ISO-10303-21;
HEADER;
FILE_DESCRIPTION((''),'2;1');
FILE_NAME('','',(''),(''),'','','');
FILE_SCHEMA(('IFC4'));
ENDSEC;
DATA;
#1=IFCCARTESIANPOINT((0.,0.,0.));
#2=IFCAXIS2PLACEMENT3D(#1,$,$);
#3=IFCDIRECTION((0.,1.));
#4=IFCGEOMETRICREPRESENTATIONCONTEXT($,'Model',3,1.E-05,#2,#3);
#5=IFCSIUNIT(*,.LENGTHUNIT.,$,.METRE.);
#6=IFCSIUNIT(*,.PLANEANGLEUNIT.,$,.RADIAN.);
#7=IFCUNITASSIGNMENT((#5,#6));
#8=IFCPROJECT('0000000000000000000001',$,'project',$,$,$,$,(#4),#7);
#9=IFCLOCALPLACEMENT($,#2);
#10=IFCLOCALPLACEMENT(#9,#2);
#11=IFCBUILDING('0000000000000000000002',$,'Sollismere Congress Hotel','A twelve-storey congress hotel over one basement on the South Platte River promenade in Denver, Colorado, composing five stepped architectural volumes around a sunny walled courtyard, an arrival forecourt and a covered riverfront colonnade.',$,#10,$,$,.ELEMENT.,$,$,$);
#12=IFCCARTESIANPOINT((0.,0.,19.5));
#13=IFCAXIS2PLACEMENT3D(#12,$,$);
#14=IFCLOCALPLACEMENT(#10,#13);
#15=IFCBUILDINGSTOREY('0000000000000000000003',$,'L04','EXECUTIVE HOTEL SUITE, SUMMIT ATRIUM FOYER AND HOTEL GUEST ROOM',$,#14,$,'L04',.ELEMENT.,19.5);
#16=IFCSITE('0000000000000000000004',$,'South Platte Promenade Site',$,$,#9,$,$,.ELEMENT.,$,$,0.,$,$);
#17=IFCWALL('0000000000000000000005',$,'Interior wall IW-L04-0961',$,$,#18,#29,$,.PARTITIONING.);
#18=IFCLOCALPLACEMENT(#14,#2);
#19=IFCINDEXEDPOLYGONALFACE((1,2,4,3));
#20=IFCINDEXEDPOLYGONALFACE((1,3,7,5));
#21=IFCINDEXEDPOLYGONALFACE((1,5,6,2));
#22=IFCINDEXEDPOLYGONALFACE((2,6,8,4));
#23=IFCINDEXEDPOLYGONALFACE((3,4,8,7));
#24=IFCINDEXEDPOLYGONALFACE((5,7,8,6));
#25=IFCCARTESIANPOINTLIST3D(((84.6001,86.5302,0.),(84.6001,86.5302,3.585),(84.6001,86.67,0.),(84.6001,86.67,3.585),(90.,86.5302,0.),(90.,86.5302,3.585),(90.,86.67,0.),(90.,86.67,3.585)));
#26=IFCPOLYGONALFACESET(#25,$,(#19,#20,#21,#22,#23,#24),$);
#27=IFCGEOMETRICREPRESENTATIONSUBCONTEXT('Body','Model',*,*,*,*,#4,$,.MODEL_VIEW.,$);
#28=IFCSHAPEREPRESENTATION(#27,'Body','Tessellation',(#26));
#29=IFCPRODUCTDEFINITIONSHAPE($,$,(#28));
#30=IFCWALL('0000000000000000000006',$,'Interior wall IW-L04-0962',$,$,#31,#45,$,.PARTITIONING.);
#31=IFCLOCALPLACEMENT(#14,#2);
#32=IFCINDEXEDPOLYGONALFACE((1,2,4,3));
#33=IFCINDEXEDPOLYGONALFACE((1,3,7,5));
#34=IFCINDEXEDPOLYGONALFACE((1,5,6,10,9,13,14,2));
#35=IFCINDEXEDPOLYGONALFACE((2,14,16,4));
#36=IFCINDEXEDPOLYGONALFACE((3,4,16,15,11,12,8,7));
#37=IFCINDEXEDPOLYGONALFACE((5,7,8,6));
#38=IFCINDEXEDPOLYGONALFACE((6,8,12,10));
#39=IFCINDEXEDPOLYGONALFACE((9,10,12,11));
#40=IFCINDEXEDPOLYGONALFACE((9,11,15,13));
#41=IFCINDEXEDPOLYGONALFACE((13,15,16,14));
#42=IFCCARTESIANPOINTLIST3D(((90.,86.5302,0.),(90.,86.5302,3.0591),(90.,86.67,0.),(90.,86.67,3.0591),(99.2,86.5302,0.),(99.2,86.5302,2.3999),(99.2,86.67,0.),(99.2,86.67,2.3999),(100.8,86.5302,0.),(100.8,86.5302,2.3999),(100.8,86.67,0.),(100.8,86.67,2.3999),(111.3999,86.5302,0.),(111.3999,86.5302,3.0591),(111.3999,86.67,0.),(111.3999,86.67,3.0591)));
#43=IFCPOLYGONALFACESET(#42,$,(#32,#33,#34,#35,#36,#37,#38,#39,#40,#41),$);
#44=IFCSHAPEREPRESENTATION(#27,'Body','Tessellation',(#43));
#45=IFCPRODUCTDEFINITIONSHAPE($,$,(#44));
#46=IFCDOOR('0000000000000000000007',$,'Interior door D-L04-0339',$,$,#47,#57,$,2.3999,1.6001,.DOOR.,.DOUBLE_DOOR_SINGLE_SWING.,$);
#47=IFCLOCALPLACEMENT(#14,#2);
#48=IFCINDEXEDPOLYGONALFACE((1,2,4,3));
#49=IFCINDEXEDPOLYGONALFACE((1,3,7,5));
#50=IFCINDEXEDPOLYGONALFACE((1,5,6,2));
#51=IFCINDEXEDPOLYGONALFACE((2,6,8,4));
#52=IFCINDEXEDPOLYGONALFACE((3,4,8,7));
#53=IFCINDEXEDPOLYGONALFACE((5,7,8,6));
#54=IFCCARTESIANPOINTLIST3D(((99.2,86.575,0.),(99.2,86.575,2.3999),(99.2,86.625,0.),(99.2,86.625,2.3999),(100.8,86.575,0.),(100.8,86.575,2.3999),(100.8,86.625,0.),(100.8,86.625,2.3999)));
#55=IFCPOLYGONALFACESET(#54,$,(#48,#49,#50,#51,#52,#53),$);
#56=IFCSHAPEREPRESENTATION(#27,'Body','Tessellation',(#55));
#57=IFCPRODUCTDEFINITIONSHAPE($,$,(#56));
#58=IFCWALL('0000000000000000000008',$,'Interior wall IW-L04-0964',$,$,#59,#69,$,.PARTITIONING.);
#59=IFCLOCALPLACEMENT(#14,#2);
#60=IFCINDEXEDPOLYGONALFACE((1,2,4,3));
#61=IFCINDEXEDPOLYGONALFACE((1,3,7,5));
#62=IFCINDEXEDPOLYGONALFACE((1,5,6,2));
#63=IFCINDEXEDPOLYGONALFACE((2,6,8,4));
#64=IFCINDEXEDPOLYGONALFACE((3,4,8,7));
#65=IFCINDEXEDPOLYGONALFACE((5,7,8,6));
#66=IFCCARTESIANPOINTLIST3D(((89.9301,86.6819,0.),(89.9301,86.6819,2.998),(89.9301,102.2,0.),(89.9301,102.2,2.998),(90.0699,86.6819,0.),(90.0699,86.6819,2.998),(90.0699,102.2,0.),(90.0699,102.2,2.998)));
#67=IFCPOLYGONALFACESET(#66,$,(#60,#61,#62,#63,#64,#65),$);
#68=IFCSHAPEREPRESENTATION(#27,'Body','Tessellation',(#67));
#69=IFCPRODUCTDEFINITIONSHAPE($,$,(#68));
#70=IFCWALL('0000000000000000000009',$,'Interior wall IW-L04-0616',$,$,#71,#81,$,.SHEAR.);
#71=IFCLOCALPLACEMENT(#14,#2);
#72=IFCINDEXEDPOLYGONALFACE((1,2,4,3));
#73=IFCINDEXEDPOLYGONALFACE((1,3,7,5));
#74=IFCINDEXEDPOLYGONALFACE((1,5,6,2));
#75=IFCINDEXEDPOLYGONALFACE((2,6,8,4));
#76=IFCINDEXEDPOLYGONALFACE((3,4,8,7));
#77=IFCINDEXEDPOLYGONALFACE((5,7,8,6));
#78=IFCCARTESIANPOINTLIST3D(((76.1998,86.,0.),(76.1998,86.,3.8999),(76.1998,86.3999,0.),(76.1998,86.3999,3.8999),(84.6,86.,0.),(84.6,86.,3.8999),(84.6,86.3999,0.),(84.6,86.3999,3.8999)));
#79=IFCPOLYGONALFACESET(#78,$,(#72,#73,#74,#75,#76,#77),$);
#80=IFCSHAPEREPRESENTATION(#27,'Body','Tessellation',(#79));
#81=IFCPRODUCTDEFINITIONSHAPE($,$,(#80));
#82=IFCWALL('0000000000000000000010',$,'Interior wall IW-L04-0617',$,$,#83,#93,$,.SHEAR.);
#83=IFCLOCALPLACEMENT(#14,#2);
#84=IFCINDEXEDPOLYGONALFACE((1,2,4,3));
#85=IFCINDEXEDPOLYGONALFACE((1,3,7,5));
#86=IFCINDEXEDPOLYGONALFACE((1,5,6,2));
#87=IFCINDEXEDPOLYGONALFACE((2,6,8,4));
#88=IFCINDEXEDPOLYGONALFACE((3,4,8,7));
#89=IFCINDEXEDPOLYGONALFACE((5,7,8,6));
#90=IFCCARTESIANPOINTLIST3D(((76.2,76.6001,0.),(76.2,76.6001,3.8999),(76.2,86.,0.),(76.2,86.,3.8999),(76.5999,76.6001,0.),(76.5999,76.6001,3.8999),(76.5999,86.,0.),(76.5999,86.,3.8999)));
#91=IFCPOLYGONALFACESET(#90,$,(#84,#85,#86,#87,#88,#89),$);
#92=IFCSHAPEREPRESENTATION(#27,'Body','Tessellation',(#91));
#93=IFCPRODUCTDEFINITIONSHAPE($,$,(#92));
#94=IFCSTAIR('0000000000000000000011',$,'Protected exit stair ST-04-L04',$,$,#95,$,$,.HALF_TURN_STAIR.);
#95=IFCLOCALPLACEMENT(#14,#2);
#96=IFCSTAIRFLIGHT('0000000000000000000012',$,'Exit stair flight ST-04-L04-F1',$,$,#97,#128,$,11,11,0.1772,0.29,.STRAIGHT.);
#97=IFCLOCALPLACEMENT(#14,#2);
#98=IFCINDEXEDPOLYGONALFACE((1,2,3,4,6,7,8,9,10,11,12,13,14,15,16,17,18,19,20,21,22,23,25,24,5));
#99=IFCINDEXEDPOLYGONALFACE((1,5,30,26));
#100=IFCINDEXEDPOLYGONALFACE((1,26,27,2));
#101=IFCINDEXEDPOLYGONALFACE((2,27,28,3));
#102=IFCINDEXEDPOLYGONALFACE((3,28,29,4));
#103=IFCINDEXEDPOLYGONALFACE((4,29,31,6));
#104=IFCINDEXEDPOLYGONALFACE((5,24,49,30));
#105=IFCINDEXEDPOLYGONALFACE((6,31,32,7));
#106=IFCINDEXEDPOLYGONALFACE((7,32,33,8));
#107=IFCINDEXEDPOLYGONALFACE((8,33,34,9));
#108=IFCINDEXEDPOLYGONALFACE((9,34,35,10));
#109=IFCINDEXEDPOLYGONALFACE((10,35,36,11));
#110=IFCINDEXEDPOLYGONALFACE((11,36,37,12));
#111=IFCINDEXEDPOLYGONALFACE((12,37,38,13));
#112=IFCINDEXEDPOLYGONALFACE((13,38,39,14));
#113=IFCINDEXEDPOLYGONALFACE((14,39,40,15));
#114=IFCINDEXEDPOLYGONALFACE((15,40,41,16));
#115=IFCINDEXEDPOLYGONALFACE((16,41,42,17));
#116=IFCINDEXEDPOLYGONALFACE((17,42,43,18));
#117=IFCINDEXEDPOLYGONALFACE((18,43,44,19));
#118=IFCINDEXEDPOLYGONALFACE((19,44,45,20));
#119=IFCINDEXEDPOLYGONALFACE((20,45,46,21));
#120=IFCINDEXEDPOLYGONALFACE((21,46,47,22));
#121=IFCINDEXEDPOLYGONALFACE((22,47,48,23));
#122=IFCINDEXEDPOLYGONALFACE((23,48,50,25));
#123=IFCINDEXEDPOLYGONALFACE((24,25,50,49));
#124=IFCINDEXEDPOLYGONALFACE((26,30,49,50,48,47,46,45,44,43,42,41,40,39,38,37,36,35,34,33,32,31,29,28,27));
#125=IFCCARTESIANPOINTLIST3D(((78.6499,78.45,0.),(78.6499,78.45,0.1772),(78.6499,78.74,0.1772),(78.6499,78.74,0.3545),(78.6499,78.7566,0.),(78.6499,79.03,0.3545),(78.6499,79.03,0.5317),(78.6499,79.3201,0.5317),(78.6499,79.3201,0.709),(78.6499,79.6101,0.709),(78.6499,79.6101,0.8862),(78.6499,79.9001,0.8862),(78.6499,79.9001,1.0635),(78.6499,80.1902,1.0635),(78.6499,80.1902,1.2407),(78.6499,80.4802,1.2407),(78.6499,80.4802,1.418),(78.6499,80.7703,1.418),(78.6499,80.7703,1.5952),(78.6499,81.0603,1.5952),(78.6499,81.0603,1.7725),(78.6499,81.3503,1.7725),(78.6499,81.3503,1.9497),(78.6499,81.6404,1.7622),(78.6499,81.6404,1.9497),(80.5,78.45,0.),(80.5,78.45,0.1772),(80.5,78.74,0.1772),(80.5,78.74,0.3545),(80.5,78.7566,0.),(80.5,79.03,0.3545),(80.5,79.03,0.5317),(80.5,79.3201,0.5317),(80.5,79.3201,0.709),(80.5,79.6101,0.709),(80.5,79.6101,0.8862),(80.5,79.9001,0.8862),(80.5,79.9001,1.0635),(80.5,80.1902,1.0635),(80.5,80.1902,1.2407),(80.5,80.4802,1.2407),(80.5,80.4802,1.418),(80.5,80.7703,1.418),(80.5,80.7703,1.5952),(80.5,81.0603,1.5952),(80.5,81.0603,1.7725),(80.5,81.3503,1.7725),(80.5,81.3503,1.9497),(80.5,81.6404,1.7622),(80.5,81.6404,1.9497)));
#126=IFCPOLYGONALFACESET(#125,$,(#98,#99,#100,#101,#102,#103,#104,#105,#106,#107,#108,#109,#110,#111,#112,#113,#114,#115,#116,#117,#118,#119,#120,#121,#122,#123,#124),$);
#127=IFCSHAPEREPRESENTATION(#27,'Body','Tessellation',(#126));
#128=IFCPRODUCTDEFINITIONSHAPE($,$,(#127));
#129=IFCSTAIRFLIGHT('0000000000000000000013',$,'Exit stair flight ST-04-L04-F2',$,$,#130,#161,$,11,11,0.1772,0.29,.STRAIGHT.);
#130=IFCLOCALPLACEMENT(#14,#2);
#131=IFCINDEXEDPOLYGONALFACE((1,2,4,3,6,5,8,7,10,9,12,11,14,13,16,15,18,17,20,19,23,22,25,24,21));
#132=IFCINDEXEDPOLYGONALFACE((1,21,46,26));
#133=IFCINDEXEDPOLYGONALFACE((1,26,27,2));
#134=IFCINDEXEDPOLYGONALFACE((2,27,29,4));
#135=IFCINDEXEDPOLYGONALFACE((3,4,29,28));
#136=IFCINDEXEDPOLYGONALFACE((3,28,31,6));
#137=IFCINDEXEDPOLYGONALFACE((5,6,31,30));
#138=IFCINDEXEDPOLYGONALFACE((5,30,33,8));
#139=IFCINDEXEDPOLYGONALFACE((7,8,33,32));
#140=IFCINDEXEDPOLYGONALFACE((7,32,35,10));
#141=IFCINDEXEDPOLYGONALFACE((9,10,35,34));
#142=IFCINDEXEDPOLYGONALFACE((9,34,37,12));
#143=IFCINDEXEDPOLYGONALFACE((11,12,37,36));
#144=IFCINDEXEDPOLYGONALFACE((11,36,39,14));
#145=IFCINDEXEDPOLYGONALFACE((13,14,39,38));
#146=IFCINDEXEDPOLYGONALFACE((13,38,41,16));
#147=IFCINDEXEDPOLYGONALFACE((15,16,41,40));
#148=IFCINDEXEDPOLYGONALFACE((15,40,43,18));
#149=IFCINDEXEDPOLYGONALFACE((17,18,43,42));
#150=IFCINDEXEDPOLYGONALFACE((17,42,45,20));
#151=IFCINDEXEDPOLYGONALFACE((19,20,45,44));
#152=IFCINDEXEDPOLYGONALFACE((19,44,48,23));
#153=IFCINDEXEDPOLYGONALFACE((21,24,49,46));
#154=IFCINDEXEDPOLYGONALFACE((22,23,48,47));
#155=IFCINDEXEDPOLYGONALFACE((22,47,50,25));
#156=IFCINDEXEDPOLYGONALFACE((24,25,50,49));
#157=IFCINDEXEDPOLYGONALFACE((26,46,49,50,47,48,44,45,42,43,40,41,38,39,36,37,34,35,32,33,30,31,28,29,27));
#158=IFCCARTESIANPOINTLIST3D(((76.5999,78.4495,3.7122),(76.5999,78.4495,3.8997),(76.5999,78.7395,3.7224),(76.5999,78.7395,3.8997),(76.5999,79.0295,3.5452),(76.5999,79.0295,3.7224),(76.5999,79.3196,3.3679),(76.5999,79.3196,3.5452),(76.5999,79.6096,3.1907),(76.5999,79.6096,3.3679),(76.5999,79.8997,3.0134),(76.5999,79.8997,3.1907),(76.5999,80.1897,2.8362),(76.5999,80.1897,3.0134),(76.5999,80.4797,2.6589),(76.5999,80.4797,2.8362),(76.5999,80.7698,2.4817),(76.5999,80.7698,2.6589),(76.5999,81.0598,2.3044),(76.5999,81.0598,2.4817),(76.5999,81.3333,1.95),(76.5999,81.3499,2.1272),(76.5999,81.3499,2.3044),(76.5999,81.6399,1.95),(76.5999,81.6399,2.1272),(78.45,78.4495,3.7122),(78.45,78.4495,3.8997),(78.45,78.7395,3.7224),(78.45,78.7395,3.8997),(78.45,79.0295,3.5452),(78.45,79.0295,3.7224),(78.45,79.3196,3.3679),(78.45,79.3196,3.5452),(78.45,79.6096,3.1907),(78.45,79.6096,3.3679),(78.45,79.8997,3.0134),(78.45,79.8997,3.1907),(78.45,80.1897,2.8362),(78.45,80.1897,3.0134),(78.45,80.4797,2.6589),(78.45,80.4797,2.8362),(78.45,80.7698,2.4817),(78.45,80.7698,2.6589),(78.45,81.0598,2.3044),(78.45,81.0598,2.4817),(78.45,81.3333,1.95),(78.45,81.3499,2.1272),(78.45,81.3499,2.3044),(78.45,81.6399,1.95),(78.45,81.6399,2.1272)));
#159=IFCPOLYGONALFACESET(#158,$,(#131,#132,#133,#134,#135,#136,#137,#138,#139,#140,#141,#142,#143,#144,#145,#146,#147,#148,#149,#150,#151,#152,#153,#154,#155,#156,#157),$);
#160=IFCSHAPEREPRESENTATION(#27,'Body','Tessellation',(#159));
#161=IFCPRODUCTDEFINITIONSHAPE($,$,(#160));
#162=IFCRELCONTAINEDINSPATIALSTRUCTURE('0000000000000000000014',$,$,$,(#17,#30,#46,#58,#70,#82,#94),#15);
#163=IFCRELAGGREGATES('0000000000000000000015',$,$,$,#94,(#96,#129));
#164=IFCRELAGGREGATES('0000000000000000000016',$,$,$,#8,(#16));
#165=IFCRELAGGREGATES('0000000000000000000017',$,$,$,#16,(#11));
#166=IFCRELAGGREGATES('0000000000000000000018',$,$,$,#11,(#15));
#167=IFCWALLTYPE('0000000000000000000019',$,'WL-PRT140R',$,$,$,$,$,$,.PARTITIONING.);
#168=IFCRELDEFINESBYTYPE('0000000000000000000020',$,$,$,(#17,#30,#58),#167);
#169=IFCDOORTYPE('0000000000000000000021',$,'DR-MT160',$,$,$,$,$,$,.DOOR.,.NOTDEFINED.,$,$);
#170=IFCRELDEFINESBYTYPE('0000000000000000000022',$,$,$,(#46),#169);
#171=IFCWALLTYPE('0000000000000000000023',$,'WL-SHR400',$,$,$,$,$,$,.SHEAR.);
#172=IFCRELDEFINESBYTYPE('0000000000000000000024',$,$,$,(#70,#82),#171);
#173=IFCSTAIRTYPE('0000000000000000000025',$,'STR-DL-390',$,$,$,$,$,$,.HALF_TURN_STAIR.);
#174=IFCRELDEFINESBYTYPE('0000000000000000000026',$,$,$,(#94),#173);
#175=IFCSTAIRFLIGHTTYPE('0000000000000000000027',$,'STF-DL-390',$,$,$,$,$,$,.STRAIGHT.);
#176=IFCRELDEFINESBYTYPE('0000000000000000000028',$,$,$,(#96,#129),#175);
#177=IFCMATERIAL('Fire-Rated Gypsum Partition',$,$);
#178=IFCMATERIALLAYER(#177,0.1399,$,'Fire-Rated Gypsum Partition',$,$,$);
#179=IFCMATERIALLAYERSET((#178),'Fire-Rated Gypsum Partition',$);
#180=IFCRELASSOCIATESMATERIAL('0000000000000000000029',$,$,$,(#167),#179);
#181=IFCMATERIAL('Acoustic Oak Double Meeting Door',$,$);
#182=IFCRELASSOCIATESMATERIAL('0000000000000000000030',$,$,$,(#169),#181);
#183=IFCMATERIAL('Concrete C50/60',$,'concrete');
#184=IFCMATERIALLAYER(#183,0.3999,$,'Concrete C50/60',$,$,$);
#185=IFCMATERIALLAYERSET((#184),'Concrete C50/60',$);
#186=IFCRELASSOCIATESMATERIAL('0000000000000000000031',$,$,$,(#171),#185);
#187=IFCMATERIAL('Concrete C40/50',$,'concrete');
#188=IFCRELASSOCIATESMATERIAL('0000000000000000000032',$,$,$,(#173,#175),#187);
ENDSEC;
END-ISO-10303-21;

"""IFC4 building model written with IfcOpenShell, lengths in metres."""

from ifc_helpers import new_model, si_unit, direction, frame, frame_2d, origin, place, context, subcontext, project, spatial, polyline, rectangle, outline, extrude, material, layer, layer_set, type_object, element, fill, aggregate, save


model = new_model("IFC4")

# Units and contexts
model_context = context("Model", 3, precision=1e-05, world=origin(), true_north=direction((0.0, 1.0)))
body_context = subcontext(model_context, "Body", "Model", "MODEL_VIEW")
ifc_project = project(units=[si_unit("LENGTHUNIT", "METRE"), si_unit("PLANEANGLEUNIT", "RADIAN")], contexts=[model_context])

# Site, building, storey
site_placement = place(None, origin())
site = spatial("IfcSite", under=ifc_project, at=site_placement, Name="South Platte Promenade Site", CompositionType="ELEMENT", RefElevation=0.0)
building_placement = place(site_placement, origin())
building = spatial("IfcBuilding", under=site, at=building_placement, Name="Sollismere Congress Hotel", Description="A twelve-storey congress hotel over one basement on the South Platte River promenade in Denver, Colorado, composing five stepped architectural volumes around a sunny walled courtyard, an arrival forecourt and a covered riverfront colonnade.", CompositionType="ELEMENT")
storey_placement = place(building_placement, frame((0.0, 0.0, 19.5)))
storey = spatial("IfcBuildingStorey", under=building, at=storey_placement, Name="L04", Description="EXECUTIVE HOTEL SUITE, SUMMIT ATRIUM FOYER AND HOTEL GUEST ROOM", LongName="L04", CompositionType="ELEMENT", Elevation=19.5)

# Wall
ifc_material_1 = material(Name="Fire-Rated Gypsum Partition")
ifc_layer_1 = layer(ifc_material_1, 0.1399, Name="Fire-Rated Gypsum Partition")
ifc_layer_set_1 = layer_set([ifc_layer_1], Name="Fire-Rated Gypsum Partition")
wall_type_1 = type_object("IfcWallType", Name="WL-PRT140R", PredefinedType="PARTITIONING", material=ifc_layer_set_1)
wall_1_placement = place(storey_placement, frame((84.6001, 86.6001, 0.0), z_axis=(0.0, 0.0, 1.0), x_axis=(1.0, 0.0, 0.0)))
element("IfcWall", 1, at=wall_1_placement, inside=storey, type_object=wall_type_1, Name="Interior wall IW-L04-0961", PredefinedType="PARTITIONING", context=body_context, shape_type="SweptSolid", body=[
    extrude(rectangle(XDim=5.3999, YDim=0.1399, at=frame_2d((2.7, 0.0))), origin(), (0.0, 0.0, 1.0), 3.585),
])

# Wall, opening, door
wall_2_placement = place(storey_placement, frame((90.0, 86.6001, 0.0), z_axis=(0.0, 0.0, 1.0), x_axis=(1.0, 0.0, 0.0)))
wall_2 = element("IfcWall", 2, at=wall_2_placement, inside=storey, type_object=wall_type_1, Name="Interior wall IW-L04-0962", PredefinedType="PARTITIONING", context=body_context, shape_type="SweptSolid", body=[
    extrude(rectangle(XDim=21.3999, YDim=0.1399, at=frame_2d((10.7, 0.0))), origin(), (0.0, 0.0, 1.0), 3.0591),
])
opening_placement = place(wall_2_placement, frame((9.2, 0.0, 0.0)))
opening = element("IfcOpeningElement", 3, at=opening_placement, cuts=wall_2, PredefinedType="OPENING", context=body_context, shape_type="SweptSolid", body=[
    extrude(rectangle(XDim=1.6001, YDim=2.3999, at=frame_2d((0.8, 1.2))), frame((0.0, 0.0798, 0.0), z_axis=(0.0, -1.0, 0.0), x_axis=(1.0, 0.0, 0.0)), (0.0, 0.0, 1.0), 0.1599),
])
ifc_material_2 = material(Name="Acoustic Oak Double Meeting Door")
door_type = type_object("IfcDoorType", Name="DR-MT160", OperationType="NOTDEFINED", PredefinedType="DOOR", material=ifc_material_2)
door_placement = place(opening_placement, origin())
door = element("IfcDoor", 4, at=door_placement, inside=storey, type_object=door_type, Name="Interior door D-L04-0339", OperationType="DOUBLE_DOOR_SINGLE_SWING", OverallHeight=2.3999, OverallWidth=1.6001, PredefinedType="DOOR", context=body_context, shape_type="SweptSolid", body=[
    extrude(rectangle(XDim=1.6001, YDim=2.3999, at=frame_2d((0.8, 1.2))), frame((0.0, 0.0249, 0.0), z_axis=(0.0, -1.0, 0.0), x_axis=(1.0, 0.0, 0.0)), (0.0, 0.0, 1.0), 0.05),
])
fill(opening, door)

# Walls
wall_3_placement = place(storey_placement, frame((90.0, 86.6819, 0.0), z_axis=(0.0, 0.0, 1.0), x_axis=(0.0, 1.0, 0.0)))
element("IfcWall", 5, at=wall_3_placement, inside=storey, type_object=wall_type_1, Name="Interior wall IW-L04-0964", PredefinedType="PARTITIONING", context=body_context, shape_type="SweptSolid", body=[
    extrude(rectangle(XDim=15.5181, YDim=0.1399, at=frame_2d((7.759, 0.0))), origin(), (0.0, 0.0, 1.0), 2.998),
])
ifc_material_3 = material(Name="Concrete C50/60", Category="concrete")
ifc_layer_2 = layer(ifc_material_3, 0.3999, Name="Concrete C50/60")
ifc_layer_set_2 = layer_set([ifc_layer_2], Name="Concrete C50/60")
wall_type_2 = type_object("IfcWallType", Name="WL-SHR400", PredefinedType="SHEAR", material=ifc_layer_set_2)
wall_4_placement = place(storey_placement, frame((84.6001, 86.2, 0.0), z_axis=(0.0, 0.0, 1.0), x_axis=(-1.0, 0.0, 0.0)))
element("IfcWall", 6, at=wall_4_placement, inside=storey, type_object=wall_type_2, Name="Interior wall IW-L04-0616", PredefinedType="SHEAR", context=body_context, shape_type="SweptSolid", body=[
    extrude(rectangle(XDim=8.4001, YDim=0.3999, at=frame_2d((4.2002, 0.0))), origin(), (0.0, 0.0, 1.0), 3.8999),
])
wall_5_placement = place(storey_placement, frame((76.3999, 86.0, 0.0), z_axis=(0.0, 0.0, 1.0), x_axis=(0.0, -1.0, 0.0)))
element("IfcWall", 7, at=wall_5_placement, inside=storey, type_object=wall_type_2, Name="Interior wall IW-L04-0617", PredefinedType="SHEAR", context=body_context, shape_type="SweptSolid", body=[
    extrude(rectangle(XDim=9.3999, YDim=0.3999, at=frame_2d((4.7, 0.0))), origin(), (0.0, 0.0, 1.0), 3.8999),
])

# Stair, stair flights
ifc_material_4 = material(Name="Concrete C40/50", Category="concrete")
stair_type = type_object("IfcStairType", Name="STR-DL-390", PredefinedType="HALF_TURN_STAIR", material=ifc_material_4)
stair_placement = place(storey_placement, origin())
stair = element("IfcStair", 8, at=stair_placement, inside=storey, type_object=stair_type, Name="Protected exit stair ST-04-L04", PredefinedType="HALF_TURN_STAIR")
stair_flight_type = type_object("IfcStairFlightType", Name="STF-DL-390", PredefinedType="STRAIGHT", material=ifc_material_4)
stair_flight_1_placement = place(storey_placement, frame((79.575, 78.45, 0.0), z_axis=(0.0, 0.0, 1.0), x_axis=(0.0, 1.0, 0.0)))
stair_flight_1 = element("IfcStairFlight", 9, at=stair_flight_1_placement, type_object=stair_flight_type, Name="Exit stair flight ST-04-L04-F1", NumberOfRisers=11, NumberOfTreads=11, PredefinedType="STRAIGHT", RiserHeight=0.1772, TreadLength=0.29, context=body_context, shape_type="SweptSolid", body=[
    extrude(outline(polyline([(0.0, 0.0), (0.0, 0.1772), (0.29, 0.1772), (0.29, 0.3545), (0.5801, 0.3545), (0.5801, 0.5317), (0.8701, 0.5317), (0.8701, 0.709), (1.1602, 0.709), (1.1602, 0.8862), (1.4502, 0.8862), (1.4502, 1.0635), (1.7402, 1.0635), (1.7402, 1.2407), (2.0303, 1.2407), (2.0303, 1.418), (2.3203, 1.418), (2.3203, 1.5952), (2.6104, 1.5952), (2.6104, 1.7725), (2.9004, 1.7725), (2.9004, 1.9497), (3.1904, 1.9497), (3.1904, 1.7622), (0.3066, 0.0), (0.0, 0.0)])), frame((0.0, 0.925, 0.0), z_axis=(0.0, -1.0, 0.0), x_axis=(1.0, 0.0, 0.0)), (0.0, 0.0, 1.0), 1.8501),
])
stair_flight_2_placement = place(storey_placement, frame((77.5249, 81.6399, 1.95), z_axis=(0.0, 0.0, 1.0), x_axis=(0.0, -1.0, 0.0)))
stair_flight_2 = element("IfcStairFlight", 10, at=stair_flight_2_placement, type_object=stair_flight_type, Name="Exit stair flight ST-04-L04-F2", NumberOfRisers=11, NumberOfTreads=11, PredefinedType="STRAIGHT", RiserHeight=0.1772, TreadLength=0.29, context=body_context, shape_type="SweptSolid", body=[
    extrude(outline(polyline([(0.0, 0.0), (0.0, 0.1772), (0.29, 0.1772), (0.29, 0.3545), (0.5801, 0.3545), (0.5801, 0.5317), (0.8701, 0.5317), (0.8701, 0.709), (1.1602, 0.709), (1.1602, 0.8862), (1.4502, 0.8862), (1.4502, 1.0635), (1.7402, 1.0635), (1.7402, 1.2407), (2.0303, 1.2407), (2.0303, 1.418), (2.3203, 1.418), (2.3203, 1.5952), (2.6104, 1.5952), (2.6104, 1.7725), (2.9004, 1.7725), (2.9004, 1.9497), (3.1904, 1.9497), (3.1904, 1.7622), (0.3066, 0.0), (0.0, 0.0)])), frame((0.0, 0.925, 0.0), z_axis=(0.0, -1.0, 0.0), x_axis=(1.0, 0.0, 0.0)), (0.0, 0.0, 1.0), 1.8501),
])
aggregate(stair, [stair_flight_1, stair_flight_2])

save(model, "model.ifc")
